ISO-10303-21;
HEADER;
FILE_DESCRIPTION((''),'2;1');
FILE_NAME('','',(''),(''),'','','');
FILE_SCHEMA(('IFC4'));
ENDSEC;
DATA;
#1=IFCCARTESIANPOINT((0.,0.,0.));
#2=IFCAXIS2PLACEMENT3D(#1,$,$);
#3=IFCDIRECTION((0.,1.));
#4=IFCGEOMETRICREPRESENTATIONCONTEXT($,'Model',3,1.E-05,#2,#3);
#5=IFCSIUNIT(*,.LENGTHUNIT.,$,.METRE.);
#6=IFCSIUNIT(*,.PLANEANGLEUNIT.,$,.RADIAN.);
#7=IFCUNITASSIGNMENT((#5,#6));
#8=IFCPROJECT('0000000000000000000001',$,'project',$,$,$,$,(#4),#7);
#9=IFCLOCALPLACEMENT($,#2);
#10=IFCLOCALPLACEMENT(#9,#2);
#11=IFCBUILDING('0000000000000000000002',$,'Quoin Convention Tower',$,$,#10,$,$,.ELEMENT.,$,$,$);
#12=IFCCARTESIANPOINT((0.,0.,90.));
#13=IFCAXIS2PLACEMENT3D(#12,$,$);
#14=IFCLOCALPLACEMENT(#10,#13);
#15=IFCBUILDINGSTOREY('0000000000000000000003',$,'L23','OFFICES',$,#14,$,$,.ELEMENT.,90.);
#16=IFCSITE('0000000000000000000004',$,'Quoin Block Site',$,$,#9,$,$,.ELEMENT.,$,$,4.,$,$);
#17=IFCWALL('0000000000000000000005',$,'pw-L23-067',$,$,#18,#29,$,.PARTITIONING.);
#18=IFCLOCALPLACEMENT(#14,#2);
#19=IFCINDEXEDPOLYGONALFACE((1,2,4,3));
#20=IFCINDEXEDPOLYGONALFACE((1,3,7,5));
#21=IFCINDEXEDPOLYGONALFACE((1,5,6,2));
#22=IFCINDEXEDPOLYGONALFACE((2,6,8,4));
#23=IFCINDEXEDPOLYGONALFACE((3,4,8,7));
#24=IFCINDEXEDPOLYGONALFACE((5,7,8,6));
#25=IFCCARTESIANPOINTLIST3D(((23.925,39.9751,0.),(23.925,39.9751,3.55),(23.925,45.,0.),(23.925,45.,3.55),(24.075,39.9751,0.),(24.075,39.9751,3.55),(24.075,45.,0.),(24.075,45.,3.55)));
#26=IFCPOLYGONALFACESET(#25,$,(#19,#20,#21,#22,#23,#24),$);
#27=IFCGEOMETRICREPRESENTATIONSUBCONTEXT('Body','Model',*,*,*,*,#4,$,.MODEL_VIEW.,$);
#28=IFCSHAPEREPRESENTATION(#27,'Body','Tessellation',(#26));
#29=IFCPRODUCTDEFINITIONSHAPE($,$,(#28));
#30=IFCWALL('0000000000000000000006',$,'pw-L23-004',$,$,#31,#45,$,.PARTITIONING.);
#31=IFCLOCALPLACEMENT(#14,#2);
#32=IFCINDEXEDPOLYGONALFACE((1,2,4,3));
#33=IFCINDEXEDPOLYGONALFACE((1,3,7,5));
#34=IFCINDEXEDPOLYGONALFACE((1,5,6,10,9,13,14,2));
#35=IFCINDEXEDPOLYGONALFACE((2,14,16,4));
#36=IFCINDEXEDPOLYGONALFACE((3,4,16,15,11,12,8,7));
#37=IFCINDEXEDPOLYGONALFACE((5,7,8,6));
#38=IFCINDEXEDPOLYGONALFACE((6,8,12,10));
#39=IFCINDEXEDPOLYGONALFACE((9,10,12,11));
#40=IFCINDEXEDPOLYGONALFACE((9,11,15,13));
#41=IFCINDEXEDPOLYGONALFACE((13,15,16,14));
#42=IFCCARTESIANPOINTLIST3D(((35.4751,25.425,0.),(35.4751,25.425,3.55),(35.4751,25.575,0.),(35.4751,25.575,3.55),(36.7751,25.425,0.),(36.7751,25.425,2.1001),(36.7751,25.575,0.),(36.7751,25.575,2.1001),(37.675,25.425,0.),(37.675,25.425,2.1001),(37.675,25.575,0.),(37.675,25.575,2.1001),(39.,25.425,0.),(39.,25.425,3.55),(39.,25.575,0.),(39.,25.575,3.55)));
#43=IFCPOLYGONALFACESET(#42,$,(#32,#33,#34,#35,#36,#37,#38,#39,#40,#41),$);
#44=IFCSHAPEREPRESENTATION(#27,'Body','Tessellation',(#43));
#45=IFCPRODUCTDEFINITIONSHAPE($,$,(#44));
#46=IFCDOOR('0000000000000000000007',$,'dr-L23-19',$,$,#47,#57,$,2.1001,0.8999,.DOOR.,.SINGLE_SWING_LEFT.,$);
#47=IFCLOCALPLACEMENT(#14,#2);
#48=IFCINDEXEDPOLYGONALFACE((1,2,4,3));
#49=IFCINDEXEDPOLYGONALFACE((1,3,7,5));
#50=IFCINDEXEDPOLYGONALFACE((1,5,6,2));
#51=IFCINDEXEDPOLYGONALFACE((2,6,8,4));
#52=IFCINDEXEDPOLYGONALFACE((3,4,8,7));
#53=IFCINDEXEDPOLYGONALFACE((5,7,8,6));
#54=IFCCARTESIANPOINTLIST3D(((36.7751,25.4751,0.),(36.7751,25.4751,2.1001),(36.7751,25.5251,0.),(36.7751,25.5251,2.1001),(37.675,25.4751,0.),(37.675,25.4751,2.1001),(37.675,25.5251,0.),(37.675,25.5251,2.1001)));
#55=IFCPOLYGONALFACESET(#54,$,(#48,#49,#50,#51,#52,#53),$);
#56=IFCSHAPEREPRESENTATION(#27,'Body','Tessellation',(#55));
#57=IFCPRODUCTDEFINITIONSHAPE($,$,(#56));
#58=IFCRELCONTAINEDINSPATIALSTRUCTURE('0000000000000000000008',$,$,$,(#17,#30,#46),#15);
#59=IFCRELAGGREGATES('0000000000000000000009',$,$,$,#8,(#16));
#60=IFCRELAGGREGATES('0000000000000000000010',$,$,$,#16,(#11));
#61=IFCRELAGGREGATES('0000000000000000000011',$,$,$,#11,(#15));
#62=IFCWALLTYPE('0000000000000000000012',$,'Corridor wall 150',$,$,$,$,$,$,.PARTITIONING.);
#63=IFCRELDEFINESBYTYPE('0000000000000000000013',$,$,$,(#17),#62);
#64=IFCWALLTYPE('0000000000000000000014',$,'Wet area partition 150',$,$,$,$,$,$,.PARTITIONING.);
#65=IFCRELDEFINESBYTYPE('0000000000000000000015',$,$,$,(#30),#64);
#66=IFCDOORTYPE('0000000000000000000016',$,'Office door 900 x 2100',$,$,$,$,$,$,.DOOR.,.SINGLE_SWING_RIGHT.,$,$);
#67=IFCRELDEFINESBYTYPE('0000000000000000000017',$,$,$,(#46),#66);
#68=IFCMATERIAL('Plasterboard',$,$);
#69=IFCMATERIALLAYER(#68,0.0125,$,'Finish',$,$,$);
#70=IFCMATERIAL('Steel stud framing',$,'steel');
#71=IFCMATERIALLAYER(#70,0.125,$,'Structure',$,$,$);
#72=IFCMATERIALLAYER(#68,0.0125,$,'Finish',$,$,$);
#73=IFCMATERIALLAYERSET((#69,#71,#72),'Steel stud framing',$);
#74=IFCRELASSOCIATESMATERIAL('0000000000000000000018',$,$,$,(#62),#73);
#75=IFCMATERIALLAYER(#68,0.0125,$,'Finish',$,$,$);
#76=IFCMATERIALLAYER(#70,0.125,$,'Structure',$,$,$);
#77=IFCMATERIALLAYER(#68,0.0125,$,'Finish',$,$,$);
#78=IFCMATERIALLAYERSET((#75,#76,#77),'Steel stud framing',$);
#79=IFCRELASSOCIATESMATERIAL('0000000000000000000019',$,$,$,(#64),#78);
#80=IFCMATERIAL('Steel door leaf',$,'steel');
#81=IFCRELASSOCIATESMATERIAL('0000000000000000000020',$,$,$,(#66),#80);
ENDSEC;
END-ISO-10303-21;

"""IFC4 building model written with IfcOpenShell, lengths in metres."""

from ifc_helpers import new_model, si_unit, direction, frame, frame_2d, origin, place, context, subcontext, project, spatial, rectangle, extrude, material, layer, layer_set, type_object, element, fill, save


model = new_model("IFC4")

# Units and contexts
model_context = context("Model", 3, precision=1e-05, world=origin(), true_north=direction((0.0, 1.0)))
body_context = subcontext(model_context, "Body", "Model", "MODEL_VIEW")
ifc_project = project(units=[si_unit("LENGTHUNIT", "METRE"), si_unit("PLANEANGLEUNIT", "RADIAN")], contexts=[model_context])

# Site, building, storey
site_placement = place(None, origin())
site = spatial("IfcSite", under=ifc_project, at=site_placement, Name="Quoin Block Site", CompositionType="ELEMENT", RefElevation=4.0)
building_placement = place(site_placement, origin())
building = spatial("IfcBuilding", under=site, at=building_placement, Name="Quoin Convention Tower", CompositionType="ELEMENT")
storey_placement = place(building_placement, frame((0.0, 0.0, 90.0)))
storey = spatial("IfcBuildingStorey", under=building, at=storey_placement, Name="L23", Description="OFFICES", CompositionType="ELEMENT", Elevation=90.0)

# Wall
ifc_material_1 = material(Name="Plasterboard")
ifc_layer_1 = layer(ifc_material_1, 0.0125, Name="Finish")
ifc_material_2 = material(Name="Steel stud framing", Category="steel")
ifc_layer_2 = layer(ifc_material_2, 0.125, Name="Structure")
ifc_layer_3 = layer(ifc_material_1, 0.0125, Name="Finish")
ifc_layer_set_1 = layer_set([ifc_layer_1, ifc_layer_2, ifc_layer_3], Name="Steel stud framing")
wall_type_1 = type_object("IfcWallType", Name="Corridor wall 150", PredefinedType="PARTITIONING", material=ifc_layer_set_1)
wall_1_placement = place(storey_placement, frame((24.0, 39.9751, 0.0), z_axis=(0.0, 0.0, 1.0), x_axis=(0.0, 1.0, 0.0)))
element("IfcWall", 1, at=wall_1_placement, inside=storey, type_object=wall_type_1, Name="pw-L23-067", PredefinedType="PARTITIONING", context=body_context, shape_type="SweptSolid", body=[
    extrude(rectangle(XDim=5.0249, YDim=0.1499, at=frame_2d((2.5125, 0.0))), origin(), (0.0, 0.0, 1.0), 3.55),
])

# Wall, opening, door
ifc_layer_4 = layer(ifc_material_1, 0.0125, Name="Finish")
ifc_layer_5 = layer(ifc_material_2, 0.125, Name="Structure")
ifc_layer_6 = layer(ifc_material_1, 0.0125, Name="Finish")
ifc_layer_set_2 = layer_set([ifc_layer_4, ifc_layer_5, ifc_layer_6], Name="Steel stud framing")
wall_type_2 = type_object("IfcWallType", Name="Wet area partition 150", PredefinedType="PARTITIONING", material=ifc_layer_set_2)
wall_2_placement = place(storey_placement, frame((35.4751, 25.5, 0.0), z_axis=(0.0, 0.0, 1.0), x_axis=(1.0, 0.0, 0.0)))
wall_2 = element("IfcWall", 2, at=wall_2_placement, inside=storey, type_object=wall_type_2, Name="pw-L23-004", PredefinedType="PARTITIONING", context=body_context, shape_type="SweptSolid", body=[
    extrude(rectangle(XDim=3.5249, YDim=0.1499, at=frame_2d((1.7625, 0.0))), origin(), (0.0, 0.0, 1.0), 3.55),
])
opening_1_placement = place(wall_2_placement, frame((1.3, 0.0, 0.0)))
opening_1 = element("IfcOpeningElement", 3, at=opening_1_placement, cuts=wall_2, PredefinedType="OPENING", context=body_context, shape_type="SweptSolid", body=[
    extrude(rectangle(XDim=0.8999, YDim=2.1001, at=frame_2d((0.45, 1.05))), frame((0.0, 0.085, 0.0), z_axis=(0.0, -1.0, 0.0), x_axis=(1.0, 0.0, 0.0)), (0.0, 0.0, 1.0), 0.1699),
])
ifc_material_3 = material(Name="Steel door leaf", Category="steel")
door_type = type_object("IfcDoorType", Name="Office door 900 x 2100", OperationType="SINGLE_SWING_RIGHT", PredefinedType="DOOR", material=ifc_material_3)
door_placement = place(opening_1_placement, frame((0.8999, 0.0, 0.0), z_axis=(0.0, 0.0, 1.0), x_axis=(-1.0, 0.0, 0.0)))
door = element("IfcDoor", 4, at=door_placement, inside=storey, type_object=door_type, Name="dr-L23-19", OperationType="SINGLE_SWING_LEFT", OverallHeight=2.1001, OverallWidth=0.8999, PredefinedType="DOOR", context=body_context, shape_type="SweptSolid", body=[
    extrude(rectangle(XDim=0.8999, YDim=2.1001, at=frame_2d((0.45, 1.05))), frame((0.0, 0.0249, 0.0), z_axis=(0.0, -1.0, 0.0), x_axis=(1.0, 0.0, 0.0)), (0.0, 0.0, 1.0), 0.05),
])
fill(opening_1, door)

save(model, "model.ifc")
